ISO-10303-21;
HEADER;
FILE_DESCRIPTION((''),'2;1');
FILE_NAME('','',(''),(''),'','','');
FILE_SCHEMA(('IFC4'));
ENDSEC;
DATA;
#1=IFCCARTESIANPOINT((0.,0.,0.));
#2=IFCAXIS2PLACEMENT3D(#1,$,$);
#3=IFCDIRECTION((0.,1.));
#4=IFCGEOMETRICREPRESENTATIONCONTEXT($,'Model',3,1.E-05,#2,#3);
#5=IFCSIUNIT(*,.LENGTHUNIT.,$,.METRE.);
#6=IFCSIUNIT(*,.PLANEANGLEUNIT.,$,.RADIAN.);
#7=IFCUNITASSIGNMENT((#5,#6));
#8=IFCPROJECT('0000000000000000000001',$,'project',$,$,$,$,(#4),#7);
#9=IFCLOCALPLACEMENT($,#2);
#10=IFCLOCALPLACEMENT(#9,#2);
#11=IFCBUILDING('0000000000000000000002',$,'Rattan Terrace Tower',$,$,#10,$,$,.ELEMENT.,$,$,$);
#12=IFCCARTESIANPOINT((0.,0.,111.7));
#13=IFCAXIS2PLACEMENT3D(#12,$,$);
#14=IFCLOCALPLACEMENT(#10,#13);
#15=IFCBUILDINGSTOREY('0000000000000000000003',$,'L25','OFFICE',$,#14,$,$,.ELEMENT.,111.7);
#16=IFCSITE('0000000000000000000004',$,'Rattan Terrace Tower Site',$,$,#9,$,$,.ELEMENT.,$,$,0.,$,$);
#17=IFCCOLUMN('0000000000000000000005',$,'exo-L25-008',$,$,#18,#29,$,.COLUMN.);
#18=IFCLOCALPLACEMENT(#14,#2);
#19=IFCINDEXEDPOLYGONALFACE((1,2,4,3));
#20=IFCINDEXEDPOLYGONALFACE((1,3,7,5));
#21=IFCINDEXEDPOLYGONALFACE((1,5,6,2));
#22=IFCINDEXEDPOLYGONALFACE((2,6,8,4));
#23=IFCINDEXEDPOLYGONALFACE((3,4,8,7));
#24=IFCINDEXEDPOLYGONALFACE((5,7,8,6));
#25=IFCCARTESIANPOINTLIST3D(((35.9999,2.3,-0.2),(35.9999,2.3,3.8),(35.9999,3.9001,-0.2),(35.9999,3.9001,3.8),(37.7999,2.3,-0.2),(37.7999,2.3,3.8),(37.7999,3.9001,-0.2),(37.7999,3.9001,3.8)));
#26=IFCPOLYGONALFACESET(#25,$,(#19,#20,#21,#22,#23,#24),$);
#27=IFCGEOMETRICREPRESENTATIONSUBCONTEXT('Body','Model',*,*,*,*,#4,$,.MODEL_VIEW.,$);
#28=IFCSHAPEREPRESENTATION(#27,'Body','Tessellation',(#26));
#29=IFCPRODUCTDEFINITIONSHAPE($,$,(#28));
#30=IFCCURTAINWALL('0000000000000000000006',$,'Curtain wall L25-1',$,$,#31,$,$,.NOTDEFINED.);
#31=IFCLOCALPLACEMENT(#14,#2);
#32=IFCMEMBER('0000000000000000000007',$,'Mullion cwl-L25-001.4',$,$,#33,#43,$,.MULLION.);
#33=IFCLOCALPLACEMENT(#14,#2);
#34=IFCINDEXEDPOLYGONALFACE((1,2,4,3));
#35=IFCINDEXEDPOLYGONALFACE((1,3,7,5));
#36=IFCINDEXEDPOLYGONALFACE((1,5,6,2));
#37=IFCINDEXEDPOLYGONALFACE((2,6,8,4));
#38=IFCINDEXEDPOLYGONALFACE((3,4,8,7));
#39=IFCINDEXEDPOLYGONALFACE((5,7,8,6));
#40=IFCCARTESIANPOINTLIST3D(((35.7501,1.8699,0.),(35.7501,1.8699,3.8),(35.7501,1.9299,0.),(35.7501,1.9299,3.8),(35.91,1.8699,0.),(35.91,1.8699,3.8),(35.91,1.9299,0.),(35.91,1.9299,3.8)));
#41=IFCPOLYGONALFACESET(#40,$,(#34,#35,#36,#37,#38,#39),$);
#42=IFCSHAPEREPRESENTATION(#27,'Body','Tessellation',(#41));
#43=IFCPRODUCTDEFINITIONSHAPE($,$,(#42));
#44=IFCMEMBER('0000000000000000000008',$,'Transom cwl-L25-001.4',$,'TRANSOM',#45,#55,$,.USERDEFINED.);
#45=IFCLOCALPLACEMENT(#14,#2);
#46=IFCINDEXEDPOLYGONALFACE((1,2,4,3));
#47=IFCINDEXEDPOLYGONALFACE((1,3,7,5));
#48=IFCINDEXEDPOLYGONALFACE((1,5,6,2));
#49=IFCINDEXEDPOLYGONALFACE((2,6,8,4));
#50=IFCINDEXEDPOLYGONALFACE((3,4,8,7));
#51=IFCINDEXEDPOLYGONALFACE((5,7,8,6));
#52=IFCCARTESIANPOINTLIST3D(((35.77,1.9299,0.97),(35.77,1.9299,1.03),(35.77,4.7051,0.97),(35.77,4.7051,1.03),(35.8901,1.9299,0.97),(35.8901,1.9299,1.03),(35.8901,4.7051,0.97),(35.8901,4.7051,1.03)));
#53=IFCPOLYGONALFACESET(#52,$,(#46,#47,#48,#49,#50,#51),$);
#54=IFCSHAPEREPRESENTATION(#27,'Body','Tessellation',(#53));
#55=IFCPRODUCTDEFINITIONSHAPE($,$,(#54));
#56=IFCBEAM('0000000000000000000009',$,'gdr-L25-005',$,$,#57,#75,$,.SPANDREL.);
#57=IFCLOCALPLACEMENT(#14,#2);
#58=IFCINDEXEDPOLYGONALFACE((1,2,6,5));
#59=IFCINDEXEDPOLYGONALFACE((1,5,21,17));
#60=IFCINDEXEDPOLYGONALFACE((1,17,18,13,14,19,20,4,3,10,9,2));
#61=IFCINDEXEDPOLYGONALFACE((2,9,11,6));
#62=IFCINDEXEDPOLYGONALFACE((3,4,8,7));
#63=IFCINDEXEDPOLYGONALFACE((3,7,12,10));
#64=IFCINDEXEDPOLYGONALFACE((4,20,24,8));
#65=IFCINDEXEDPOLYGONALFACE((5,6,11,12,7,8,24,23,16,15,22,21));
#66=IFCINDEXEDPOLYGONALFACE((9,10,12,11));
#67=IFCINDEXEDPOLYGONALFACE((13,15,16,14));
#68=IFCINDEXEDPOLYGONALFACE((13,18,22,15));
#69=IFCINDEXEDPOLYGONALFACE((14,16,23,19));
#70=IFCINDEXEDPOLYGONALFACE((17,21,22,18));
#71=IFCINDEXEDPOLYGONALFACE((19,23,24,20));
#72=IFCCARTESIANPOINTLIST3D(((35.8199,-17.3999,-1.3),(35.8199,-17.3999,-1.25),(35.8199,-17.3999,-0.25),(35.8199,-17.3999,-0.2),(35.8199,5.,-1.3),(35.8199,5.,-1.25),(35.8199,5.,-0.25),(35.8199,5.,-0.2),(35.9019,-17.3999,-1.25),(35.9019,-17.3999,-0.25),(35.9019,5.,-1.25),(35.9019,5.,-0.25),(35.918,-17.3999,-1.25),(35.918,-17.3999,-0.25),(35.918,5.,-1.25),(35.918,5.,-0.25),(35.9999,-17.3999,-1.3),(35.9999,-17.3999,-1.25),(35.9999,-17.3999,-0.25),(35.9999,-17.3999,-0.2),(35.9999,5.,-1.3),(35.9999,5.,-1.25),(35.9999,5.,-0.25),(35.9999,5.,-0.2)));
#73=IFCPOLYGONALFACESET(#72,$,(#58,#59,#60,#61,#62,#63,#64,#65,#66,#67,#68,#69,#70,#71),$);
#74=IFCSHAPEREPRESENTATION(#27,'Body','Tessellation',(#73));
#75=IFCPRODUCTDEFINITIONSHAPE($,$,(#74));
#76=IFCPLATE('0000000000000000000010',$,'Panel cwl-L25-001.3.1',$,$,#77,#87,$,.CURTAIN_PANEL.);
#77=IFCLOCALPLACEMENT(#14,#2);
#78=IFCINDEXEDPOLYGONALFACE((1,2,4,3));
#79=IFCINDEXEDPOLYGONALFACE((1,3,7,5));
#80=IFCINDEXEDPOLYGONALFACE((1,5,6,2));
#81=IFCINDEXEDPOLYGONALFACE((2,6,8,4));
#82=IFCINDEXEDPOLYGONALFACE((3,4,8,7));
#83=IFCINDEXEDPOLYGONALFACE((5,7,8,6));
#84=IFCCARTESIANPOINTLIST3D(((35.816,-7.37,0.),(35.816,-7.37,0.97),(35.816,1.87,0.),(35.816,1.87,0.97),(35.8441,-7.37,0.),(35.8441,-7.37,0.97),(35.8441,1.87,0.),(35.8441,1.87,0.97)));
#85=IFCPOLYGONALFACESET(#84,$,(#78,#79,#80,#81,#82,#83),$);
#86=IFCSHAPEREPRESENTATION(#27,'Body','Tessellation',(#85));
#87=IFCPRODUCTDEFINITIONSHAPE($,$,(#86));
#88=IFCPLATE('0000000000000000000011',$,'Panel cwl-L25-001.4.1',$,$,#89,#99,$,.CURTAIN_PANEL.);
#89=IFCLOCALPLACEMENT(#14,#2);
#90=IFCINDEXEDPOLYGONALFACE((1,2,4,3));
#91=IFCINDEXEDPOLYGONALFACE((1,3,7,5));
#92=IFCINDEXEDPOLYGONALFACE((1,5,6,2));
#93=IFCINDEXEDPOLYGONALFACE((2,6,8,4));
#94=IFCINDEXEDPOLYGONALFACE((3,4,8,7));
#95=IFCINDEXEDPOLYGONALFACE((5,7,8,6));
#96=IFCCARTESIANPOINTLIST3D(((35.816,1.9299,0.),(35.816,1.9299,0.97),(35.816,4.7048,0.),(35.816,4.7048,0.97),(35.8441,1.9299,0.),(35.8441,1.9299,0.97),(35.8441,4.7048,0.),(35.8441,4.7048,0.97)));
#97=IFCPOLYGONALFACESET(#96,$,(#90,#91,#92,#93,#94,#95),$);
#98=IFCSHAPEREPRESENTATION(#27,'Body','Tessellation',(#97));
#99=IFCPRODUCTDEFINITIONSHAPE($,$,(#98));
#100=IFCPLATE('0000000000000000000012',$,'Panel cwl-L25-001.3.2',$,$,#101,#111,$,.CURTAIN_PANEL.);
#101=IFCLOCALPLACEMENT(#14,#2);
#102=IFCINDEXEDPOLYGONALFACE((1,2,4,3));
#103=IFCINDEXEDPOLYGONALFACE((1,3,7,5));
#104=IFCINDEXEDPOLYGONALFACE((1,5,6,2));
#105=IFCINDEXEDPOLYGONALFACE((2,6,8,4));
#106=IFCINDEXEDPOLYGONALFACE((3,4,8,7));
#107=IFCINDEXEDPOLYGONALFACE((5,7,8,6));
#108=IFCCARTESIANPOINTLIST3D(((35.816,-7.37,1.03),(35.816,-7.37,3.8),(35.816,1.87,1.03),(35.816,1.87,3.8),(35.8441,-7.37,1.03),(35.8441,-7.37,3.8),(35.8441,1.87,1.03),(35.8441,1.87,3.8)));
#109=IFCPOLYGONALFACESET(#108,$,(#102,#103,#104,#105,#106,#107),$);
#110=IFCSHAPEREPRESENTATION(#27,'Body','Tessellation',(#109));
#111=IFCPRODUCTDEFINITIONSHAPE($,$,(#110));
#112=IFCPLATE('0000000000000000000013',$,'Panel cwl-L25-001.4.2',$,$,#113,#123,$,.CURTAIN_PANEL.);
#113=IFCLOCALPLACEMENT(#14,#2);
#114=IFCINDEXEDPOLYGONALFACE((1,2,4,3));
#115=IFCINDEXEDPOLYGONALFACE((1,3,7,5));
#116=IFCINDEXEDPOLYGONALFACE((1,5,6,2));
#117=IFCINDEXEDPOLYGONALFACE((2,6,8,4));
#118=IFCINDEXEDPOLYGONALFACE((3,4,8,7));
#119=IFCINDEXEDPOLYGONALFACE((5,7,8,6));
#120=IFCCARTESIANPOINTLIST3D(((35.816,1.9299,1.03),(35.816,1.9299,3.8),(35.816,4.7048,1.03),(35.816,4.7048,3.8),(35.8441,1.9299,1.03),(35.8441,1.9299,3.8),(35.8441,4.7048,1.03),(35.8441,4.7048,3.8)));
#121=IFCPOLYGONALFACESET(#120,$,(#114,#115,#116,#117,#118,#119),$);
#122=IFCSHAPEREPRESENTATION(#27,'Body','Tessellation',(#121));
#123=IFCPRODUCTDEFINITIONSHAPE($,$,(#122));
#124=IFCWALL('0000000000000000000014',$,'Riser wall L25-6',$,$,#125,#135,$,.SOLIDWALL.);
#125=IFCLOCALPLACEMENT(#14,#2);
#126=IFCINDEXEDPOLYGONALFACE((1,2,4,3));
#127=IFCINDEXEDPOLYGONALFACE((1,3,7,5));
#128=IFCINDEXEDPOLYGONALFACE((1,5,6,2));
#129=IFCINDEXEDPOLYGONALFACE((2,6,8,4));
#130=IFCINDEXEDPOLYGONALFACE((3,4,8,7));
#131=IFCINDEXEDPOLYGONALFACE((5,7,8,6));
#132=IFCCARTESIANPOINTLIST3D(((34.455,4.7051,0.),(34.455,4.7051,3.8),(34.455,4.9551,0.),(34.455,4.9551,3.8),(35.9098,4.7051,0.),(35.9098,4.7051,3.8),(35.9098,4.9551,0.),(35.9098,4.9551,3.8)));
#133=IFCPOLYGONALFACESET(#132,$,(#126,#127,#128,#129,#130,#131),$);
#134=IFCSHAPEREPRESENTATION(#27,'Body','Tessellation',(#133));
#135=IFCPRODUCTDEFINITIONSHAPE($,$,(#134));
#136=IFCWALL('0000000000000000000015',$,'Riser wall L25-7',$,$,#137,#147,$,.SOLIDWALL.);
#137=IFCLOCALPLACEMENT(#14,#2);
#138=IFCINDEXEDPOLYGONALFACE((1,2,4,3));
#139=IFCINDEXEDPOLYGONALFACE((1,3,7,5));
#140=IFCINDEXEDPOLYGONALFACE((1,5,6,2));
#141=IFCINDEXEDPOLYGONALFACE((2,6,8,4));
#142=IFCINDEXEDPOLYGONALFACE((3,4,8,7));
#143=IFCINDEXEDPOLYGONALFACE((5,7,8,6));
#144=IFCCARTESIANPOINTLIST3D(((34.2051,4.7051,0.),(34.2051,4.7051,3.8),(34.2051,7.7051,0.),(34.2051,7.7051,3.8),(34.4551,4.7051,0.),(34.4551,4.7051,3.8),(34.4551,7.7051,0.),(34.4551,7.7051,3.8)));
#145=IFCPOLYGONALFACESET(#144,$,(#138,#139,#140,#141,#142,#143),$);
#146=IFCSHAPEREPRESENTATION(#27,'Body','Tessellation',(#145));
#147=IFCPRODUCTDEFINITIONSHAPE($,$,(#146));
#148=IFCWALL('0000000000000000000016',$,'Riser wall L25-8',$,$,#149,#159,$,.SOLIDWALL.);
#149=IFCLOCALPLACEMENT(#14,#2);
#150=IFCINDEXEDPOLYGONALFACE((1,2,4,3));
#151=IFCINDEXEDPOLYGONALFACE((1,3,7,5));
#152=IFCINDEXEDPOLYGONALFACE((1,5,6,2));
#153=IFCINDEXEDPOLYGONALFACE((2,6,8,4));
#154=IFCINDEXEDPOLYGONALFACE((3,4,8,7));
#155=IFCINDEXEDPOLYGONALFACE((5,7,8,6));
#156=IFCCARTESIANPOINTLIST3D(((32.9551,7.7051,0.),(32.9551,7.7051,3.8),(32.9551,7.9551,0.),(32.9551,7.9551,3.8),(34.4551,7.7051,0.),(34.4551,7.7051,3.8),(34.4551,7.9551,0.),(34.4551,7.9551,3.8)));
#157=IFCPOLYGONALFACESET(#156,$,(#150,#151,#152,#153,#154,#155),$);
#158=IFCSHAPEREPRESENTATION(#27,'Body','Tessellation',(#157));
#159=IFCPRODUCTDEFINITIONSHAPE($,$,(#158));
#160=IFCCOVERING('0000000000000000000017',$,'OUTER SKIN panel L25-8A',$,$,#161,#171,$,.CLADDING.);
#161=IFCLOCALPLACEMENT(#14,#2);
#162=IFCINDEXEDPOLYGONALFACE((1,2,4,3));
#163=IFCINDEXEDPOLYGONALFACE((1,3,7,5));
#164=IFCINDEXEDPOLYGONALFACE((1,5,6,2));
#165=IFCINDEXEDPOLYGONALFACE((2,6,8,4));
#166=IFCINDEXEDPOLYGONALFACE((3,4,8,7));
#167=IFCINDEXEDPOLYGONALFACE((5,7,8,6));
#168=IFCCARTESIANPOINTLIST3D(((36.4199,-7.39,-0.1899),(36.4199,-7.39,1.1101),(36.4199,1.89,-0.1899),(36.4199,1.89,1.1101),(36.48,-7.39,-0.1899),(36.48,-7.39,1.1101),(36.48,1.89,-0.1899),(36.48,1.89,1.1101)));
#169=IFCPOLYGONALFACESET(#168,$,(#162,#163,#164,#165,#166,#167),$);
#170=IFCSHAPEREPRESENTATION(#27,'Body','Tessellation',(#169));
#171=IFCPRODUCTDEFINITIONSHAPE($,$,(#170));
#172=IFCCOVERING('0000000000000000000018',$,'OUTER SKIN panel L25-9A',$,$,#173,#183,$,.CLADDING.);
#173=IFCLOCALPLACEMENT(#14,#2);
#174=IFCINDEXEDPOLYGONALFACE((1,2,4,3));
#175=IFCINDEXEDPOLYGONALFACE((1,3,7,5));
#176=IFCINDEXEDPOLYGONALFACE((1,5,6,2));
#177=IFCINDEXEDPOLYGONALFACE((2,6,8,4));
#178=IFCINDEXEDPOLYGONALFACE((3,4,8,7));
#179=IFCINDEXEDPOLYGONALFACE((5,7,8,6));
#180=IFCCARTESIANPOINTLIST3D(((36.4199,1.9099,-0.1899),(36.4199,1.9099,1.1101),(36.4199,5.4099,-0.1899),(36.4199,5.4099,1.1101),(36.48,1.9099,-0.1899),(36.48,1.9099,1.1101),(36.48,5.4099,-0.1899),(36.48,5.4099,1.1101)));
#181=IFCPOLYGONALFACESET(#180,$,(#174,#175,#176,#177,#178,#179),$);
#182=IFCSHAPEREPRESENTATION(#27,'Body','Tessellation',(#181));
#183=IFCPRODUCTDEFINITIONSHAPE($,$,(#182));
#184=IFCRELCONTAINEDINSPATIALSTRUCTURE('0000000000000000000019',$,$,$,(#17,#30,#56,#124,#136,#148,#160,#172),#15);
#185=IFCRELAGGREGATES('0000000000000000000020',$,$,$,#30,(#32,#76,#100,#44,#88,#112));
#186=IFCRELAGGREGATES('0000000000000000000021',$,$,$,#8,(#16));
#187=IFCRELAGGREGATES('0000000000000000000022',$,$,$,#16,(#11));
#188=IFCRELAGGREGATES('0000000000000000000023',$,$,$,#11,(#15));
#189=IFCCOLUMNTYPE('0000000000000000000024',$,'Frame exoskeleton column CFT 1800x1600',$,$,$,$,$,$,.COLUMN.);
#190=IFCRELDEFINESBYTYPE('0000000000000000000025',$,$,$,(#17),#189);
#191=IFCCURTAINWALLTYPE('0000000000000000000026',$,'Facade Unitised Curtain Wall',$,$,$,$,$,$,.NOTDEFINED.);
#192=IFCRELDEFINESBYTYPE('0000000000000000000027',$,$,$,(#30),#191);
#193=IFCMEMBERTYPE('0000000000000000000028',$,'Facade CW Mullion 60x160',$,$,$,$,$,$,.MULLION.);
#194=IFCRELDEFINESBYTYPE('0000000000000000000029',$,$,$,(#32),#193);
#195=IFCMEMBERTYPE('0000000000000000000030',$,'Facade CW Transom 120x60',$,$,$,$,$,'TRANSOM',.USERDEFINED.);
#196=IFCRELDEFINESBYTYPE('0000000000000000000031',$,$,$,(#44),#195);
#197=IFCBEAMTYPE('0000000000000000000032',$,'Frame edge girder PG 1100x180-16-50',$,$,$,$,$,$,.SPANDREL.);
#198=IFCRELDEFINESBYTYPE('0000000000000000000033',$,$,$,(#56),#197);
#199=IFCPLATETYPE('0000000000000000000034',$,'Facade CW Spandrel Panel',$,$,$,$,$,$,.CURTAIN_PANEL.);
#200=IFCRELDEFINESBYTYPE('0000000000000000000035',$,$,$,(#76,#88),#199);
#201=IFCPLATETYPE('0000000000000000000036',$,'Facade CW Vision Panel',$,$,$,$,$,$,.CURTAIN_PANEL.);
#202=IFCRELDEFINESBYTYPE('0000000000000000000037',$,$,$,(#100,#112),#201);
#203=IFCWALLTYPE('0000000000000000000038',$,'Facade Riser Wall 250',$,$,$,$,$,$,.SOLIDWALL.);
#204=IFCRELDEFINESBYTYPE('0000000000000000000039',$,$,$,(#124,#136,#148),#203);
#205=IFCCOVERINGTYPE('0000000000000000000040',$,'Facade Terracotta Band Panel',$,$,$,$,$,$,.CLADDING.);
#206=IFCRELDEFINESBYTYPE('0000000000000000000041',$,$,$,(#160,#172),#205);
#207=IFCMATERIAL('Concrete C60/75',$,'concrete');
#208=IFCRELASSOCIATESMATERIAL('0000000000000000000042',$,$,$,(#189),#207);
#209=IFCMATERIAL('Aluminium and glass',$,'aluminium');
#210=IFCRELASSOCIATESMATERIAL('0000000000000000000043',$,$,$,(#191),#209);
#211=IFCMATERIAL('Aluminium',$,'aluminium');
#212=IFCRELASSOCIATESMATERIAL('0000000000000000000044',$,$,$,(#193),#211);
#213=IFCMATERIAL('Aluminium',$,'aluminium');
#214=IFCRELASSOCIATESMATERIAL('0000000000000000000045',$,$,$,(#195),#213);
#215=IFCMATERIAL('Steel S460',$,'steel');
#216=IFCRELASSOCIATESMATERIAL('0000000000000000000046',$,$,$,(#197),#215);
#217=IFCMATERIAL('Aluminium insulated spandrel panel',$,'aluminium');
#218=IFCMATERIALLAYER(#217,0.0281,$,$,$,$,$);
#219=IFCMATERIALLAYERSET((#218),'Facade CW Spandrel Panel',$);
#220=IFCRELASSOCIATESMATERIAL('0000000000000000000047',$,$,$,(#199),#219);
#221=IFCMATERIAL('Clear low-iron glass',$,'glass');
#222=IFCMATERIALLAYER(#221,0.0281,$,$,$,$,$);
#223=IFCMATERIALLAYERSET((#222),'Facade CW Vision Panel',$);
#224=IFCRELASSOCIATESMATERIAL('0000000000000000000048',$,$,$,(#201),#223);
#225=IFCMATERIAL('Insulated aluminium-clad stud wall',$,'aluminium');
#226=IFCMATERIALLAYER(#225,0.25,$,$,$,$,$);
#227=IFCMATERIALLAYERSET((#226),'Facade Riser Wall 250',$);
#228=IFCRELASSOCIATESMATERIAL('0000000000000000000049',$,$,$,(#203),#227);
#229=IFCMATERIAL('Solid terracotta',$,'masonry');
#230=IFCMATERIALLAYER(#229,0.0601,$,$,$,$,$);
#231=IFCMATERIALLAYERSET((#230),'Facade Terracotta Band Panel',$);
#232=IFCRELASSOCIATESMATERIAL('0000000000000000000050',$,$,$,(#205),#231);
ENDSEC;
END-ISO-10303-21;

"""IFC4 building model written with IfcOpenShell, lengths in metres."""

from ifc_helpers import new_model, si_unit, direction, frame, frame_2d, origin, origin_2d, place, context, subcontext, project, spatial, rectangle, i_section, extrude, material, layer, layer_set, material_profile, profile_set, type_object, element, aggregate, save


model = new_model("IFC4")

# Units and contexts
model_context = context("Model", 3, precision=1e-05, world=origin(), true_north=direction((0.0, 1.0)))
body_context = subcontext(model_context, "Body", "Model", "MODEL_VIEW")
ifc_project = project(units=[si_unit("LENGTHUNIT", "METRE"), si_unit("PLANEANGLEUNIT", "RADIAN")], contexts=[model_context])

# Site, building, storey
site_placement = place(None, origin())
site = spatial("IfcSite", under=ifc_project, at=site_placement, Name="Rattan Terrace Tower Site", CompositionType="ELEMENT", RefElevation=0.0)
building_placement = place(site_placement, origin())
building = spatial("IfcBuilding", under=site, at=building_placement, Name="Rattan Terrace Tower", CompositionType="ELEMENT")
storey_placement = place(building_placement, frame((0.0, 0.0, 111.7)))
storey = spatial("IfcBuildingStorey", under=building, at=storey_placement, Name="L25", Description="OFFICE", CompositionType="ELEMENT", Elevation=111.7)

# Column
ifc_material_1 = material(Name="Concrete C60/75", Category="concrete")
ifc_material_profile_1 = material_profile(ifc_material_1, rectangle(XDim=1.6001, YDim=1.8, at=origin_2d()), Name="CFT 1800x1600")
ifc_profile_set_1 = profile_set([ifc_material_profile_1], Name="Concrete C60/75")
column_type = type_object("IfcColumnType", Name="Frame exoskeleton column CFT 1800x1600", PredefinedType="COLUMN", material=ifc_profile_set_1)
column_placement = place(storey_placement, frame((36.8999, 3.1001, -0.2), z_axis=(0.0, 0.0, 1.0), x_axis=(0.0, 1.0, 0.0)))
element("IfcColumn", 1, at=column_placement, inside=storey, type_object=column_type, Name="exo-L25-008", PredefinedType="COLUMN", context=body_context, shape_type="SweptSolid", body=[
    extrude(rectangle(XDim=1.6001, YDim=1.8, at=origin_2d()), origin(), (0.0, 0.0, 1.0), 4.0),
])

# Curtain wall, members
ifc_material_2 = material(Name="Aluminium and glass", Category="aluminium")
curtain_wall_type = type_object("IfcCurtainWallType", Name="Facade Unitised Curtain Wall", PredefinedType="NOTDEFINED", material=ifc_material_2)
curtain_wall_placement = place(storey_placement, origin())
curtain_wall = element("IfcCurtainWall", 2, at=curtain_wall_placement, inside=storey, type_object=curtain_wall_type, Name="Curtain wall L25-1", PredefinedType="NOTDEFINED")
ifc_material_3 = material(Name="Aluminium", Category="aluminium")
ifc_material_profile_2 = material_profile(ifc_material_3, rectangle(XDim=0.0601, YDim=0.1599, at=origin_2d()), Name="Aluminium 60x160")
ifc_profile_set_2 = profile_set([ifc_material_profile_2], Name="Aluminium")
member_type_1 = type_object("IfcMemberType", Name="Facade CW Mullion 60x160", PredefinedType="MULLION", material=ifc_profile_set_2)
member_1_placement = place(storey_placement, frame((35.8301, 1.8999, 0.0), z_axis=(0.0, 0.0, 1.0), x_axis=(0.0, 1.0, 0.0)))
member_1 = element("IfcMember", 3, at=member_1_placement, type_object=member_type_1, Name="Mullion cwl-L25-001.4", PredefinedType="MULLION", context=body_context, shape_type="SweptSolid", body=[
    extrude(rectangle(XDim=0.0601, YDim=0.1599, at=origin_2d()), origin(), (0.0, 0.0, 1.0), 3.8),
])
ifc_material_4 = material(Name="Aluminium", Category="aluminium")
ifc_material_profile_3 = material_profile(ifc_material_4, rectangle(XDim=0.1201, YDim=0.0601, at=origin_2d()), Name="Aluminium 120x60")
ifc_profile_set_3 = profile_set([ifc_material_profile_3], Name="Aluminium")
member_type_2 = type_object("IfcMemberType", Name="Facade CW Transom 120x60", ElementType="TRANSOM", PredefinedType="USERDEFINED", material=ifc_profile_set_3)
member_2_placement = place(storey_placement, frame((35.8301, 1.9299, 1.0), z_axis=(0.0, 1.0, 0.0), x_axis=(-1.0, 0.0, 0.0)))
member_2 = element("IfcMember", 4, at=member_2_placement, type_object=member_type_2, Name="Transom cwl-L25-001.4", ObjectType="TRANSOM", PredefinedType="USERDEFINED", context=body_context, shape_type="SweptSolid", body=[
    extrude(rectangle(XDim=0.1201, YDim=0.0601, at=origin_2d()), origin(), (0.0, 0.0, 1.0), 2.7751),
])

# Beam
ifc_material_5 = material(Name="Steel S460", Category="steel")
ifc_material_profile_4 = material_profile(ifc_material_5, i_section(OverallWidth=0.1799, OverallDepth=1.1001, WebThickness=0.0161, FlangeThickness=0.05, at=origin_2d()), Name="PG 1100x180-16-50")
ifc_profile_set_4 = profile_set([ifc_material_profile_4], Name="Steel S460")
beam_type = type_object("IfcBeamType", Name="Frame edge girder PG 1100x180-16-50", PredefinedType="SPANDREL", material=ifc_profile_set_4)
beam_placement = place(storey_placement, frame((35.9099, 5.0, -0.75), z_axis=(0.0, -1.0, 0.0), x_axis=(1.0, 0.0, 0.0)))
element("IfcBeam", 5, at=beam_placement, inside=storey, type_object=beam_type, Name="gdr-L25-005", PredefinedType="SPANDREL", context=body_context, shape_type="SweptSolid", body=[
    extrude(i_section(OverallWidth=0.1799, OverallDepth=1.1001, WebThickness=0.0161, FlangeThickness=0.05, at=origin_2d()), origin(), (0.0, 0.0, 1.0), 22.3999),
])

# Plates
ifc_material_6 = material(Name="Aluminium insulated spandrel panel", Category="aluminium")
ifc_layer_1 = layer(ifc_material_6, 0.0281)
ifc_layer_set_1 = layer_set([ifc_layer_1], Name="Facade CW Spandrel Panel")
plate_type_1 = type_object("IfcPlateType", Name="Facade CW Spandrel Panel", PredefinedType="CURTAIN_PANEL", material=ifc_layer_set_1)
plate_1_placement = place(storey_placement, frame((35.8301, -2.75, 0.0), z_axis=(0.0, 0.0, 1.0), x_axis=(0.0, 1.0, 0.0)))
plate_1 = element("IfcPlate", 6, at=plate_1_placement, type_object=plate_type_1, Name="Panel cwl-L25-001.3.1", PredefinedType="CURTAIN_PANEL", context=body_context, shape_type="SweptSolid", body=[
    extrude(rectangle(XDim=9.24, YDim=0.0281, at=origin_2d()), origin(), (0.0, 0.0, 1.0), 0.97),
])
plate_2_placement = place(storey_placement, frame((35.8301, 3.3174, 0.0), z_axis=(0.0, 0.0, 1.0), x_axis=(0.0, 1.0, 0.0)))
plate_2 = element("IfcPlate", 7, at=plate_2_placement, type_object=plate_type_1, Name="Panel cwl-L25-001.4.1", PredefinedType="CURTAIN_PANEL", context=body_context, shape_type="SweptSolid", body=[
    extrude(rectangle(XDim=2.7749, YDim=0.0281, at=origin_2d()), origin(), (0.0, 0.0, 1.0), 0.97),
])
ifc_material_7 = material(Name="Clear low-iron glass", Category="glass")
ifc_layer_2 = layer(ifc_material_7, 0.0281)
ifc_layer_set_2 = layer_set([ifc_layer_2], Name="Facade CW Vision Panel")
plate_type_2 = type_object("IfcPlateType", Name="Facade CW Vision Panel", PredefinedType="CURTAIN_PANEL", material=ifc_layer_set_2)
plate_3_placement = place(storey_placement, frame((35.8301, -2.75, 1.03), z_axis=(0.0, 0.0, 1.0), x_axis=(0.0, 1.0, 0.0)))
plate_3 = element("IfcPlate", 8, at=plate_3_placement, type_object=plate_type_2, Name="Panel cwl-L25-001.3.2", PredefinedType="CURTAIN_PANEL", context=body_context, shape_type="SweptSolid", body=[
    extrude(rectangle(XDim=9.24, YDim=0.0281, at=origin_2d()), origin(), (0.0, 0.0, 1.0), 2.77),
])
plate_4_placement = place(storey_placement, frame((35.8301, 3.3174, 1.03), z_axis=(0.0, 0.0, 1.0), x_axis=(0.0, 1.0, 0.0)))
plate_4 = element("IfcPlate", 9, at=plate_4_placement, type_object=plate_type_2, Name="Panel cwl-L25-001.4.2", PredefinedType="CURTAIN_PANEL", context=body_context, shape_type="SweptSolid", body=[
    extrude(rectangle(XDim=2.7749, YDim=0.0281, at=origin_2d()), origin(), (0.0, 0.0, 1.0), 2.77),
])
aggregate(curtain_wall, [member_1, plate_1, plate_3, member_2, plate_2, plate_4])

# Walls
ifc_material_8 = material(Name="Insulated aluminium-clad stud wall", Category="aluminium")
ifc_layer_3 = layer(ifc_material_8, 0.25)
ifc_layer_set_3 = layer_set([ifc_layer_3], Name="Facade Riser Wall 250")
wall_type = type_object("IfcWallType", Name="Facade Riser Wall 250", PredefinedType="SOLIDWALL", material=ifc_layer_set_3)
wall_1_placement = place(storey_placement, frame((35.9099, 4.8301, 0.0), z_axis=(0.0, 0.0, 1.0), x_axis=(-1.0, 0.0, 0.0)))
element("IfcWall", 10, at=wall_1_placement, inside=storey, type_object=wall_type, Name="Riser wall L25-6", PredefinedType="SOLIDWALL", context=body_context, shape_type="SweptSolid", body=[
    extrude(rectangle(XDim=1.4548, YDim=0.25, at=frame_2d((0.7275, 0.0))), origin(), (0.0, 0.0, 1.0), 3.8),
])
wall_2_placement = place(storey_placement, frame((34.3301, 4.7051, 0.0), z_axis=(0.0, 0.0, 1.0), x_axis=(0.0, 1.0, 0.0)))
element("IfcWall", 11, at=wall_2_placement, inside=storey, type_object=wall_type, Name="Riser wall L25-7", PredefinedType="SOLIDWALL", context=body_context, shape_type="SweptSolid", body=[
    extrude(rectangle(XDim=3.0, YDim=0.25, at=frame_2d((1.5, 0.0))), origin(), (0.0, 0.0, 1.0), 3.8),
])
wall_3_placement = place(storey_placement, frame((34.4551, 7.8301, 0.0), z_axis=(0.0, 0.0, 1.0), x_axis=(-1.0, 0.0, 0.0)))
element("IfcWall", 12, at=wall_3_placement, inside=storey, type_object=wall_type, Name="Riser wall L25-8", PredefinedType="SOLIDWALL", context=body_context, shape_type="SweptSolid", body=[
    extrude(rectangle(XDim=1.5, YDim=0.25, at=frame_2d((0.75, 0.0))), origin(), (0.0, 0.0, 1.0), 3.8),
])

# Coverings
ifc_material_9 = material(Name="Solid terracotta", Category="masonry")
ifc_layer_4 = layer(ifc_material_9, 0.0601)
ifc_layer_set_4 = layer_set([ifc_layer_4], Name="Facade Terracotta Band Panel")
covering_type_1 = type_object("IfcCoveringType", Name="Facade Terracotta Band Panel", PredefinedType="CLADDING", material=ifc_layer_set_4)
covering_1_placement = place(storey_placement, frame((36.45, -2.75, -0.1899), z_axis=(0.0, 0.0, 1.0), x_axis=(0.0, 1.0, 0.0)))
element("IfcCovering", 13, at=covering_1_placement, inside=storey, type_object=covering_type_1, Name="OUTER SKIN panel L25-8A", PredefinedType="CLADDING", context=body_context, shape_type="SweptSolid", body=[
    extrude(rectangle(XDim=9.28, YDim=0.0601, at=origin_2d()), origin(), (0.0, 0.0, 1.0), 1.3),
])
covering_2_placement = place(storey_placement, frame((36.45, 3.6599, -0.1899), z_axis=(0.0, 0.0, 1.0), x_axis=(0.0, 1.0, 0.0)))
element("IfcCovering", 14, at=covering_2_placement, inside=storey, type_object=covering_type_1, Name="OUTER SKIN panel L25-9A", PredefinedType="CLADDING", context=body_context, shape_type="SweptSolid", body=[
    extrude(rectangle(XDim=3.5, YDim=0.0601, at=origin_2d()), origin(), (0.0, 0.0, 1.0), 1.3),
])

save(model, "model.ifc")
